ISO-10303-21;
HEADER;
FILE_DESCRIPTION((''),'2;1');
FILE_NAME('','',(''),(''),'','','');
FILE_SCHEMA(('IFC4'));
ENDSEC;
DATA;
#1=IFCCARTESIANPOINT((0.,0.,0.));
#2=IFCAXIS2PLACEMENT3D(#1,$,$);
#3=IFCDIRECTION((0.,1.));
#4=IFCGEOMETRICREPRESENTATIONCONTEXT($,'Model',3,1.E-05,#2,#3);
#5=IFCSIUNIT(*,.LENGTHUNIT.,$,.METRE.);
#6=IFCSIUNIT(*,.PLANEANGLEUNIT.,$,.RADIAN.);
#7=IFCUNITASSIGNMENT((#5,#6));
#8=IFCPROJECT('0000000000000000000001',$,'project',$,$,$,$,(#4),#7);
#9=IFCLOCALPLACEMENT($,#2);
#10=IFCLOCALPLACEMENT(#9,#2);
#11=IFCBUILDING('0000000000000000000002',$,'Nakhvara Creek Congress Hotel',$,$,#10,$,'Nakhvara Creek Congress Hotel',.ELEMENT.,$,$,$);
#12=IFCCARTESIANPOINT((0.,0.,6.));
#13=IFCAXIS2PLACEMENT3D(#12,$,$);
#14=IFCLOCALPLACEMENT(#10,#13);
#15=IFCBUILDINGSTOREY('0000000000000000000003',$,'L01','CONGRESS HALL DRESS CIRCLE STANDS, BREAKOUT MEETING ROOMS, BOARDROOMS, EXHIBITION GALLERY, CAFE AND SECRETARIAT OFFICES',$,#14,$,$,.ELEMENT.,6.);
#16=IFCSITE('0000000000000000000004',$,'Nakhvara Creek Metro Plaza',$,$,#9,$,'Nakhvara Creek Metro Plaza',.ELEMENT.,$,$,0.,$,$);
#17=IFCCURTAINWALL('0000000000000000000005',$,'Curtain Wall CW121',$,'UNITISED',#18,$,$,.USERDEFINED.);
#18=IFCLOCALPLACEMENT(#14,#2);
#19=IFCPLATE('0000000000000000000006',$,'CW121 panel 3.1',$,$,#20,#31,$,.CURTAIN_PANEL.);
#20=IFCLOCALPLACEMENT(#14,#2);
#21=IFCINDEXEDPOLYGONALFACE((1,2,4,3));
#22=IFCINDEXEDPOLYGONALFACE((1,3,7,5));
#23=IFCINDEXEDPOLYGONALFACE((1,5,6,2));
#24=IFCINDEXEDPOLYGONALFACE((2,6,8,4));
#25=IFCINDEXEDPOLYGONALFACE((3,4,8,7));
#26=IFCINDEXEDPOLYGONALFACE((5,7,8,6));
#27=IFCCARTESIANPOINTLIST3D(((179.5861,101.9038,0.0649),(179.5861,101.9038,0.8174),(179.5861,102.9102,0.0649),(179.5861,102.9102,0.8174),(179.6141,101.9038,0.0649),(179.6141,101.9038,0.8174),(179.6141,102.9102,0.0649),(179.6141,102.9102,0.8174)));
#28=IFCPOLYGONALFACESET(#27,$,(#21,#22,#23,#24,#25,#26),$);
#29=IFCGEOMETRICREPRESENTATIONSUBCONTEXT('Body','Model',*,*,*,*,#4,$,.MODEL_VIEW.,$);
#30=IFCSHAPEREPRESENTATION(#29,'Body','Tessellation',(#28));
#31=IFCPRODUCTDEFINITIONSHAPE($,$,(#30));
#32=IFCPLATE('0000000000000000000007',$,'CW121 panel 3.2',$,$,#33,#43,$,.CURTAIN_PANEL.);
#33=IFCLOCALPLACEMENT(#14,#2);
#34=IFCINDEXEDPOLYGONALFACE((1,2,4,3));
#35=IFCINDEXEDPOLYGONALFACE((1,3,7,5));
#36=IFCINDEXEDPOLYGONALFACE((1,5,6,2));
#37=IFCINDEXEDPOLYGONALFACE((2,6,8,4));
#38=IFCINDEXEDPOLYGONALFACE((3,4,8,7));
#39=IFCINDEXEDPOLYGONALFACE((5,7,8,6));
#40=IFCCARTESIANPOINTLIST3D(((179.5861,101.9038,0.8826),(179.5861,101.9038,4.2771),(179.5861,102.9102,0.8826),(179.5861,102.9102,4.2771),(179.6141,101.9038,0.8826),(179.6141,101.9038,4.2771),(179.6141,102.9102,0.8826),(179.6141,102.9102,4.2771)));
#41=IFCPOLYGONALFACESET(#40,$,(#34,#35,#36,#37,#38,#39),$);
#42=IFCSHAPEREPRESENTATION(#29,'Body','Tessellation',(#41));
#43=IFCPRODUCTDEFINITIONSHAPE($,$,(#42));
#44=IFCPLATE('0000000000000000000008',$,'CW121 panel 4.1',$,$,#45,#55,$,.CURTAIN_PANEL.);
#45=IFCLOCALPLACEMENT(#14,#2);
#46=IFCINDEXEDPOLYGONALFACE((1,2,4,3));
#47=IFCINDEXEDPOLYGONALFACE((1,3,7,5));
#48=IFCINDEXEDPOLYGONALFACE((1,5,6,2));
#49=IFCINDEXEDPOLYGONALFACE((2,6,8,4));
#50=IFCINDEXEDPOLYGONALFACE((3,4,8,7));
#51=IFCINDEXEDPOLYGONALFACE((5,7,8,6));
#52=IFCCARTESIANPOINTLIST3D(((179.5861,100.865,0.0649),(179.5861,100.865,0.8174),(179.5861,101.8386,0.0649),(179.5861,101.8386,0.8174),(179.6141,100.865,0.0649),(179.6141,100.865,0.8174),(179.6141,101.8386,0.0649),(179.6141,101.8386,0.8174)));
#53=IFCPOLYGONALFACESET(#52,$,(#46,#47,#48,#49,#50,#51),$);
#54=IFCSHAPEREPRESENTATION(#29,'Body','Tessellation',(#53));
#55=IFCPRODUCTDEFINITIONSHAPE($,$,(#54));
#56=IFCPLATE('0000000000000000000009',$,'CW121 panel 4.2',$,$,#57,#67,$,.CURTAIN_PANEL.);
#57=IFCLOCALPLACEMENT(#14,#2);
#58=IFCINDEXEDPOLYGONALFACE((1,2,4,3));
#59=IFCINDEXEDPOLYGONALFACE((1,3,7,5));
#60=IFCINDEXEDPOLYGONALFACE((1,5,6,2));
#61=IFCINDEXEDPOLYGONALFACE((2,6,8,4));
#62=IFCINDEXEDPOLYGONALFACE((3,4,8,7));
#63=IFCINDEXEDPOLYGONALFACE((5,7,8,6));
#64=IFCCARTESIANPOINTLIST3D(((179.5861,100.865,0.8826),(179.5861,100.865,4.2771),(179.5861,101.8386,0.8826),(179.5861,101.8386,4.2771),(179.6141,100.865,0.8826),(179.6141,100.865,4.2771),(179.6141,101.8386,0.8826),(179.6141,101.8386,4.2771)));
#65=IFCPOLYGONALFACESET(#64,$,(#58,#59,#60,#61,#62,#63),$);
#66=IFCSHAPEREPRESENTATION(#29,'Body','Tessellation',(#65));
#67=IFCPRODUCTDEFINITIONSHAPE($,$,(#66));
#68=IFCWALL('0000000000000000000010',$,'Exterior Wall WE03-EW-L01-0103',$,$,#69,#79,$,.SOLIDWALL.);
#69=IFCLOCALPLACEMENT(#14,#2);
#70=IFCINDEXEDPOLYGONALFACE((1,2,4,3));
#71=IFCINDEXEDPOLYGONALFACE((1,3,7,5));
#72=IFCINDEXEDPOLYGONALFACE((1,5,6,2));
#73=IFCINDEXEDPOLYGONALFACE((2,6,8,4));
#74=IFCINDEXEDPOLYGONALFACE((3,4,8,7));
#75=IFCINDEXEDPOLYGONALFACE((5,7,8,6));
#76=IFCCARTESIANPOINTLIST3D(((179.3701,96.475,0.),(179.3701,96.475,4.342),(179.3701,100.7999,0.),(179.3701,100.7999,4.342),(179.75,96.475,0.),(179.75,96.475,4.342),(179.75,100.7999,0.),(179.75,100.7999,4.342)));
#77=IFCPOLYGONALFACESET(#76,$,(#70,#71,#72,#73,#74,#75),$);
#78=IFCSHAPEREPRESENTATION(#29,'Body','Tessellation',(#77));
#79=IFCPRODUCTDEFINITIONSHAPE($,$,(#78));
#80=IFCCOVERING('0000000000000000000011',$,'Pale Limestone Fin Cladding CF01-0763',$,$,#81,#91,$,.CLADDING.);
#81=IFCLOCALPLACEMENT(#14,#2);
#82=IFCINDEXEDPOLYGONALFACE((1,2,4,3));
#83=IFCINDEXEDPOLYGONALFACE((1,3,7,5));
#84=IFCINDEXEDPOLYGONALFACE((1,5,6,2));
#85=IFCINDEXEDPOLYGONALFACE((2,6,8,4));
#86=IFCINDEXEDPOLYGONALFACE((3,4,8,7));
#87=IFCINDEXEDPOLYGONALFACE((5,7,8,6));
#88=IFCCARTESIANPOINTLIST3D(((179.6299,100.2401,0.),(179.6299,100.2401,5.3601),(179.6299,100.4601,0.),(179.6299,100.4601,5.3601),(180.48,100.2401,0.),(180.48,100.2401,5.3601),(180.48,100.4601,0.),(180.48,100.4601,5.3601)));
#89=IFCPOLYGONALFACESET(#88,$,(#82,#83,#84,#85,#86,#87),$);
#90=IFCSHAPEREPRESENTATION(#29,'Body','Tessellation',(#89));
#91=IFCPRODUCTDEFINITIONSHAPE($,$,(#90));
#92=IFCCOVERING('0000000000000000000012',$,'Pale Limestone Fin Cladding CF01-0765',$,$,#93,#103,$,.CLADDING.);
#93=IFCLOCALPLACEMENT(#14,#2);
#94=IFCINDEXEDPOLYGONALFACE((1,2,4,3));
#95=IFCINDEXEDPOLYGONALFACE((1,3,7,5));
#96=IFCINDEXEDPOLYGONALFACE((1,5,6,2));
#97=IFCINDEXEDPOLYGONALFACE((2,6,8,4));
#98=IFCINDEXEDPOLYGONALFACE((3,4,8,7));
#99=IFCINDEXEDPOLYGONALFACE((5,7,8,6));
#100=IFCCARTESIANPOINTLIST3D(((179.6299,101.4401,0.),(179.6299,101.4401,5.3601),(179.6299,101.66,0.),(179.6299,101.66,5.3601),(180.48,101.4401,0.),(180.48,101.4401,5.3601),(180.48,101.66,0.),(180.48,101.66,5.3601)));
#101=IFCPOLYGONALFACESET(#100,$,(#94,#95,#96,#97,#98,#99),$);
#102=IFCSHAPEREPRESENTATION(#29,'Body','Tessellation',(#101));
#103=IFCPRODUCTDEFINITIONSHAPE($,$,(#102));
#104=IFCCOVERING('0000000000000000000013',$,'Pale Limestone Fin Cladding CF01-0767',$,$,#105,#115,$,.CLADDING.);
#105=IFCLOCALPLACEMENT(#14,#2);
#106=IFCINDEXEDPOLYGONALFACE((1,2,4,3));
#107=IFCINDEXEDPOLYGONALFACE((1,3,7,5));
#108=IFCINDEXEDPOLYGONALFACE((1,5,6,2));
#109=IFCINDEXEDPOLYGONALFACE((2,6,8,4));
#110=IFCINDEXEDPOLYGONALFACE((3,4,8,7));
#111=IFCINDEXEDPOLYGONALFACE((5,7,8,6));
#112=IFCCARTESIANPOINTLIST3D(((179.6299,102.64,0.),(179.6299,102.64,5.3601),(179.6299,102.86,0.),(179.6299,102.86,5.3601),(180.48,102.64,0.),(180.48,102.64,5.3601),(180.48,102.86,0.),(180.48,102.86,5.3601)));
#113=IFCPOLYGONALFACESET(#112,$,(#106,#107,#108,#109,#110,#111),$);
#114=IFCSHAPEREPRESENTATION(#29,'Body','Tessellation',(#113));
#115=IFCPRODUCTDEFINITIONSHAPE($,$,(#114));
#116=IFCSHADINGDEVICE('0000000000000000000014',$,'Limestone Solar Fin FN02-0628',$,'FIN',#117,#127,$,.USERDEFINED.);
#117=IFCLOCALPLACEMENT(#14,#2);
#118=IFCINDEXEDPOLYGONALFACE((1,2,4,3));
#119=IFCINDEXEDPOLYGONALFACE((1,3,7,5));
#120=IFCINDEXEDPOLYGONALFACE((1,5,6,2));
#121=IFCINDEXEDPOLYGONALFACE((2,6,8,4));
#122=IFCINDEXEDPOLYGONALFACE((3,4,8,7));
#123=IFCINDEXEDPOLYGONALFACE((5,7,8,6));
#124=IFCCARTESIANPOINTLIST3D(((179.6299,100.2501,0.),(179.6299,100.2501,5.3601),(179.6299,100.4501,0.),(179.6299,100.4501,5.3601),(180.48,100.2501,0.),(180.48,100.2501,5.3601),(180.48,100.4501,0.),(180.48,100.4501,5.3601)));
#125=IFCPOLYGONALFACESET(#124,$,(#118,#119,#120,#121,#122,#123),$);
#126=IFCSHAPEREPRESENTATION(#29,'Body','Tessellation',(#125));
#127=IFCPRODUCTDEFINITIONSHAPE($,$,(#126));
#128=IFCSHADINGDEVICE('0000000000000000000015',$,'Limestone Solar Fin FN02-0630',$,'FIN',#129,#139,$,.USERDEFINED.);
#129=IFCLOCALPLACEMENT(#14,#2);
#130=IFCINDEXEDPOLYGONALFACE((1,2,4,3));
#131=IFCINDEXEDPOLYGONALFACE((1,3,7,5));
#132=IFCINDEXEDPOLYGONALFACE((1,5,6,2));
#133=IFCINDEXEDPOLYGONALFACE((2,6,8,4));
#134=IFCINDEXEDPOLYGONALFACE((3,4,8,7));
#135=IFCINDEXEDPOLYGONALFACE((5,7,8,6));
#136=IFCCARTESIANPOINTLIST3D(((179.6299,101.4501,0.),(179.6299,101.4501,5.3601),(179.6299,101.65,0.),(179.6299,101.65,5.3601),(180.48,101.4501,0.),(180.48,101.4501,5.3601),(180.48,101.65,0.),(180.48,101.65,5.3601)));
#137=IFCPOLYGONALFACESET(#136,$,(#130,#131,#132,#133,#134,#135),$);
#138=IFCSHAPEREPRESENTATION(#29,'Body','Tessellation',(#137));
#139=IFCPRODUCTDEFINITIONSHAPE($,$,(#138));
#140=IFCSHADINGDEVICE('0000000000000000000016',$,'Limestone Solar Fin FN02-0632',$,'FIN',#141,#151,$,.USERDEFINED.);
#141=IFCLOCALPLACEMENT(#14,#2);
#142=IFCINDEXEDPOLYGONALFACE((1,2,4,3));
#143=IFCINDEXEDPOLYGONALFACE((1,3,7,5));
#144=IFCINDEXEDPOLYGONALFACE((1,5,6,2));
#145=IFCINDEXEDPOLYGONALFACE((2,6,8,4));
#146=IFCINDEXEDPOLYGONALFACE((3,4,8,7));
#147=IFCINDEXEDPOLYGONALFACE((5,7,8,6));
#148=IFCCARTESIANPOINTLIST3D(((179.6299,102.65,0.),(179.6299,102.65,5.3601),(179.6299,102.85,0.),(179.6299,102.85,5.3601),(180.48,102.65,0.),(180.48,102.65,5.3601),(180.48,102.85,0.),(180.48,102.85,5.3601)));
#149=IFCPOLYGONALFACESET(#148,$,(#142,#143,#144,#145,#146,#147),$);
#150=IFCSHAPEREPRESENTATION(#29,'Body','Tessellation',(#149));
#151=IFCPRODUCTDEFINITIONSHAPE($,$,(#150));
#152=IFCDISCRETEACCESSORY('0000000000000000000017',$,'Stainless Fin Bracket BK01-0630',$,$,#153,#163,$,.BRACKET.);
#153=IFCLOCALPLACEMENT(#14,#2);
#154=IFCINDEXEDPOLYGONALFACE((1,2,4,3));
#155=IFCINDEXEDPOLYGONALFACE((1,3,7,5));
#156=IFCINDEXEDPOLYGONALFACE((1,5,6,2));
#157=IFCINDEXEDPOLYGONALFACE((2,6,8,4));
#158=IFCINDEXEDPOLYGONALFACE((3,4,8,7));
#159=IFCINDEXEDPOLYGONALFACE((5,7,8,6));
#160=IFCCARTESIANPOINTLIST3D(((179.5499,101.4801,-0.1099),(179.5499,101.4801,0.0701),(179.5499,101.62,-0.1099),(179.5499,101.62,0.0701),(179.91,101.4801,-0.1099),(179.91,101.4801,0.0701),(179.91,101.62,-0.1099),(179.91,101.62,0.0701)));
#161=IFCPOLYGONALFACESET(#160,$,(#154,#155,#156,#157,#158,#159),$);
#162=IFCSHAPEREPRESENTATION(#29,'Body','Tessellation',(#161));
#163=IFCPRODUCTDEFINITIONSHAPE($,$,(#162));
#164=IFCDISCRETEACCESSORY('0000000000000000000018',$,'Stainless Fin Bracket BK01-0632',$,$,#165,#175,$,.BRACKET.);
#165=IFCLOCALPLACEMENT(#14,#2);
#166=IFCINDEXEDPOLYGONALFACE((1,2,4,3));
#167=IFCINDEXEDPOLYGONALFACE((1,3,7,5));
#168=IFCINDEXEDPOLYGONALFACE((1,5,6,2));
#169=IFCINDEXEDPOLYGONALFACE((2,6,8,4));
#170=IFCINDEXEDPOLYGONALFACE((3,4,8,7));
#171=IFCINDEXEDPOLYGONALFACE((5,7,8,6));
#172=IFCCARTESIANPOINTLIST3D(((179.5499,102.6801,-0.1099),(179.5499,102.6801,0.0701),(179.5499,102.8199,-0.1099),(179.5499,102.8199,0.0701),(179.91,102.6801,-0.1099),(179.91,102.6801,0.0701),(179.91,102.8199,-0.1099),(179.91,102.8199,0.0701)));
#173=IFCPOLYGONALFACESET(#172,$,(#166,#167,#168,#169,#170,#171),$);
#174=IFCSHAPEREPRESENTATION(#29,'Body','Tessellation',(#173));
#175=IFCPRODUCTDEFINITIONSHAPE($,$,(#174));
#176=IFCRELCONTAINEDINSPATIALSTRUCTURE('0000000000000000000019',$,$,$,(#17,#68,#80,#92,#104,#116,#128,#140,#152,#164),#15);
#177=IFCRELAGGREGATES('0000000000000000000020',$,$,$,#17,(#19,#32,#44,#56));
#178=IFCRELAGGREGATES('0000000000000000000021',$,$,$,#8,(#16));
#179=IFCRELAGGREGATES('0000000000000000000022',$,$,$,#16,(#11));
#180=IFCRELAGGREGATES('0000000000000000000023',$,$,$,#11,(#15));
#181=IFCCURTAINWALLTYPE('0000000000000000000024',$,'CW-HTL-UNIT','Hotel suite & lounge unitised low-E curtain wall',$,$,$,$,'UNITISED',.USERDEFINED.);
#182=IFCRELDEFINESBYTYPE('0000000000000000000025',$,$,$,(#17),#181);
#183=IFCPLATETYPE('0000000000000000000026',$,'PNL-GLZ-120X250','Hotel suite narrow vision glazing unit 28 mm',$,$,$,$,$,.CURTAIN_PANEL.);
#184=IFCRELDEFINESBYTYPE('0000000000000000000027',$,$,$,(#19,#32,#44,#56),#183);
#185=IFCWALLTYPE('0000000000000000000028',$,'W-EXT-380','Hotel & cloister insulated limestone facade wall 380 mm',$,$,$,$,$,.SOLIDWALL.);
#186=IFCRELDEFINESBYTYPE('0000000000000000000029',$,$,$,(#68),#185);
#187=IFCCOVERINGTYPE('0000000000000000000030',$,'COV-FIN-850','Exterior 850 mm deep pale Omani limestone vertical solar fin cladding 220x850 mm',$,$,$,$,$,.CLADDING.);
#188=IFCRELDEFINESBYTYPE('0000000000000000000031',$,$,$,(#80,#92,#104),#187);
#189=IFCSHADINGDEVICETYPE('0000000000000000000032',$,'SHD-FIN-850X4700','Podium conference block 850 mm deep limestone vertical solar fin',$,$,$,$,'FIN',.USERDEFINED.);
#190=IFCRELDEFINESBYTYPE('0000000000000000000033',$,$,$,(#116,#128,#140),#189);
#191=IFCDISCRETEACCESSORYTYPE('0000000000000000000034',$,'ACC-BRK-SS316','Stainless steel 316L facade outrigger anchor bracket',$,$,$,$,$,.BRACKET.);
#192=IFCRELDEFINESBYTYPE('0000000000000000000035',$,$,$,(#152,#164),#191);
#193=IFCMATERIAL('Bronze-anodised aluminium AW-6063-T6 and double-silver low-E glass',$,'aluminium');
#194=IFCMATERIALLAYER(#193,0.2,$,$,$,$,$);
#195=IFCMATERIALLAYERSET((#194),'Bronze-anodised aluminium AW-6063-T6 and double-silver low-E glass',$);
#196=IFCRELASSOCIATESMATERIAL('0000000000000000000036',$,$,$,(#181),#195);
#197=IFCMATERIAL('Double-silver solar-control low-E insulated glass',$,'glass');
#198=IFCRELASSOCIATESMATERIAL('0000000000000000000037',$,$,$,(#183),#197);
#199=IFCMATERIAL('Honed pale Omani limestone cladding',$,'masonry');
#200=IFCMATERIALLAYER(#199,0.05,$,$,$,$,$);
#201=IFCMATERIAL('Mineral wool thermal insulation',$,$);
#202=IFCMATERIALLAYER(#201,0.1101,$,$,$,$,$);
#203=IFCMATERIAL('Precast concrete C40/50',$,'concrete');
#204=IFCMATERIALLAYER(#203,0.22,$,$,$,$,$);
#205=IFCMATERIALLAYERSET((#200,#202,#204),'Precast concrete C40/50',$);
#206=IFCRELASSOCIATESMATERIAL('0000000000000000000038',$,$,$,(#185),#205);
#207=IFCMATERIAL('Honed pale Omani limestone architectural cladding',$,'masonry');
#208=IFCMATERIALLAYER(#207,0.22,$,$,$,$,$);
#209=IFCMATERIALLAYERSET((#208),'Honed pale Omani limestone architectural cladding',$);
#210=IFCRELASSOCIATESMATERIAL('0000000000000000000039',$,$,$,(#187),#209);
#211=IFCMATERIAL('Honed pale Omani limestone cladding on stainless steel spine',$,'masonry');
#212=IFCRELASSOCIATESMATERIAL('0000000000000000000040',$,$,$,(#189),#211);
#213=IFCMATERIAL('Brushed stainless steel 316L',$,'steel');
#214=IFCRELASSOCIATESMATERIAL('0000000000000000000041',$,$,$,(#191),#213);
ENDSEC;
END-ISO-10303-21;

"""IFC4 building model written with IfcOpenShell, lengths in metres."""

from ifc_helpers import new_model, si_unit, direction, frame, frame_2d, origin, origin_2d, place, context, subcontext, project, spatial, rectangle, extrude, material, layer, layer_set, type_object, element, aggregate, save


model = new_model("IFC4")

# Units and contexts
model_context = context("Model", 3, precision=1e-05, world=origin(), true_north=direction((0.0, 1.0)))
body_context = subcontext(model_context, "Body", "Model", "MODEL_VIEW")
ifc_project = project(units=[si_unit("LENGTHUNIT", "METRE"), si_unit("PLANEANGLEUNIT", "RADIAN")], contexts=[model_context])

# Site, building, storey
site_placement = place(None, origin())
site = spatial("IfcSite", under=ifc_project, at=site_placement, Name="Nakhvara Creek Metro Plaza", LongName="Nakhvara Creek Metro Plaza", CompositionType="ELEMENT", RefElevation=0.0)
building_placement = place(site_placement, origin())
building = spatial("IfcBuilding", under=site, at=building_placement, Name="Nakhvara Creek Congress Hotel", LongName="Nakhvara Creek Congress Hotel", CompositionType="ELEMENT")
storey_placement = place(building_placement, frame((0.0, 0.0, 6.0)))
storey = spatial("IfcBuildingStorey", under=building, at=storey_placement, Name="L01", Description="CONGRESS HALL DRESS CIRCLE STANDS, BREAKOUT MEETING ROOMS, BOARDROOMS, EXHIBITION GALLERY, CAFE AND SECRETARIAT OFFICES", CompositionType="ELEMENT", Elevation=6.0)

# Curtain wall, plates
ifc_material_1 = material(Name="Bronze-anodised aluminium AW-6063-T6 and double-silver low-E glass", Category="aluminium")
ifc_layer_1 = layer(ifc_material_1, 0.2)
ifc_layer_set_1 = layer_set([ifc_layer_1], Name="Bronze-anodised aluminium AW-6063-T6 and double-silver low-E glass")
curtain_wall_type = type_object("IfcCurtainWallType", Name="CW-HTL-UNIT", Description="Hotel suite & lounge unitised low-E curtain wall", ElementType="UNITISED", PredefinedType="USERDEFINED", material=ifc_layer_set_1)
curtain_wall_placement = place(storey_placement, origin())
curtain_wall = element("IfcCurtainWall", 1, at=curtain_wall_placement, inside=storey, type_object=curtain_wall_type, Name="Curtain Wall CW121", ObjectType="UNITISED", PredefinedType="USERDEFINED")
ifc_material_2 = material(Name="Double-silver solar-control low-E insulated glass", Category="glass")
plate_type = type_object("IfcPlateType", Name="PNL-GLZ-120X250", Description="Hotel suite narrow vision glazing unit 28 mm", PredefinedType="CURTAIN_PANEL", material=ifc_material_2)
plate_1_placement = place(storey_placement, frame((179.6001, 102.407, 0.0649), z_axis=(0.0, 0.0, 1.0), x_axis=(0.0, -1.0, 0.0)))
plate_1 = element("IfcPlate", 2, at=plate_1_placement, type_object=plate_type, Name="CW121 panel 3.1", PredefinedType="CURTAIN_PANEL", context=body_context, shape_type="SweptSolid", body=[
    extrude(rectangle(XDim=1.0063, YDim=0.0281, at=origin_2d()), origin(), (0.0, 0.0, 1.0), 0.7524),
])
plate_2_placement = place(storey_placement, frame((179.6001, 102.407, 0.8826), z_axis=(0.0, 0.0, 1.0), x_axis=(0.0, -1.0, 0.0)))
plate_2 = element("IfcPlate", 3, at=plate_2_placement, type_object=plate_type, Name="CW121 panel 3.2", PredefinedType="CURTAIN_PANEL", context=body_context, shape_type="SweptSolid", body=[
    extrude(rectangle(XDim=1.0063, YDim=0.0281, at=origin_2d()), origin(), (0.0, 0.0, 1.0), 3.3945),
])
plate_3_placement = place(storey_placement, frame((179.6001, 101.3518, 0.0649), z_axis=(0.0, 0.0, 1.0), x_axis=(0.0, -1.0, 0.0)))
plate_3 = element("IfcPlate", 4, at=plate_3_placement, type_object=plate_type, Name="CW121 panel 4.1", PredefinedType="CURTAIN_PANEL", context=body_context, shape_type="SweptSolid", body=[
    extrude(rectangle(XDim=0.9736, YDim=0.0281, at=origin_2d()), origin(), (0.0, 0.0, 1.0), 0.7524),
])
plate_4_placement = place(storey_placement, frame((179.6001, 101.3518, 0.8826), z_axis=(0.0, 0.0, 1.0), x_axis=(0.0, -1.0, 0.0)))
plate_4 = element("IfcPlate", 5, at=plate_4_placement, type_object=plate_type, Name="CW121 panel 4.2", PredefinedType="CURTAIN_PANEL", context=body_context, shape_type="SweptSolid", body=[
    extrude(rectangle(XDim=0.9736, YDim=0.0281, at=origin_2d()), origin(), (0.0, 0.0, 1.0), 3.3945),
])
aggregate(curtain_wall, [plate_1, plate_2, plate_3, plate_4])

# Wall
ifc_material_3 = material(Name="Honed pale Omani limestone cladding", Category="masonry")
ifc_layer_2 = layer(ifc_material_3, 0.05)
ifc_material_4 = material(Name="Mineral wool thermal insulation")
ifc_layer_3 = layer(ifc_material_4, 0.1101)
ifc_material_5 = material(Name="Precast concrete C40/50", Category="concrete")
ifc_layer_4 = layer(ifc_material_5, 0.22)
ifc_layer_set_2 = layer_set([ifc_layer_2, ifc_layer_3, ifc_layer_4], Name="Precast concrete C40/50")
wall_type = type_object("IfcWallType", Name="W-EXT-380", Description="Hotel & cloister insulated limestone facade wall 380 mm", PredefinedType="SOLIDWALL", material=ifc_layer_set_2)
wall_placement = place(storey_placement, frame((179.5601, 100.8, 0.0), z_axis=(0.0, 0.0, 1.0), x_axis=(0.0, -1.0, 0.0)))
element("IfcWall", 6, at=wall_placement, inside=storey, type_object=wall_type, Name="Exterior Wall WE03-EW-L01-0103", PredefinedType="SOLIDWALL", context=body_context, shape_type="SweptSolid", body=[
    extrude(rectangle(XDim=4.325, YDim=0.3799, at=frame_2d((2.1626, 0.0))), origin(), (0.0, 0.0, 1.0), 4.342),
])

# Coverings
ifc_material_6 = material(Name="Honed pale Omani limestone architectural cladding", Category="masonry")
ifc_layer_5 = layer(ifc_material_6, 0.22)
ifc_layer_set_3 = layer_set([ifc_layer_5], Name="Honed pale Omani limestone architectural cladding")
covering_type = type_object("IfcCoveringType", Name="COV-FIN-850", Description="Exterior 850 mm deep pale Omani limestone vertical solar fin cladding 220x850 mm", PredefinedType="CLADDING", material=ifc_layer_set_3)
for number, where, z_axis, x_axis, name in (
    (7, (180.0549, 100.3501, 0.0), (0.0, 0.0, 1.0), (0.0, 1.0, 0.0), "Pale Limestone Fin Cladding CF01-0763"),
    (8, (180.0549, 101.55, 0.0), (0.0, 0.0, 1.0), (0.0, 1.0, 0.0), "Pale Limestone Fin Cladding CF01-0765"),
    (9, (180.0549, 102.75, 0.0), (0.0, 0.0, 1.0), (0.0, 1.0, 0.0), "Pale Limestone Fin Cladding CF01-0767"),
):
    element("IfcCovering", number, at=place(storey_placement, frame(where, z_axis=z_axis, x_axis=x_axis)), inside=storey, type_object=covering_type, Name=name, PredefinedType="CLADDING", context=body_context, shape_type="SweptSolid", body=[
        extrude(rectangle(XDim=0.22, YDim=0.8501, at=origin_2d()), origin(), (0.0, 0.0, 1.0), 5.3601),
    ])

# Shading devices
ifc_material_7 = material(Name="Honed pale Omani limestone cladding on stainless steel spine", Category="masonry")
shading_device_type = type_object("IfcShadingDeviceType", Name="SHD-FIN-850X4700", Description="Podium conference block 850 mm deep limestone vertical solar fin", ElementType="FIN", PredefinedType="USERDEFINED", material=ifc_material_7)
for number, where, z_axis, x_axis, name in (
    (10, (180.0549, 100.3501, 0.0), (0.0, 0.0, 1.0), (0.0, 1.0, 0.0), "Limestone Solar Fin FN02-0628"),
    (11, (180.0549, 101.55, 0.0), (0.0, 0.0, 1.0), (0.0, 1.0, 0.0), "Limestone Solar Fin FN02-0630"),
    (12, (180.0549, 102.75, 0.0), (0.0, 0.0, 1.0), (0.0, 1.0, 0.0), "Limestone Solar Fin FN02-0632"),
):
    element("IfcShadingDevice", number, at=place(storey_placement, frame(where, z_axis=z_axis, x_axis=x_axis)), inside=storey, type_object=shading_device_type, Name=name, ObjectType="FIN", PredefinedType="USERDEFINED", context=body_context, shape_type="SweptSolid", body=[
        extrude(rectangle(XDim=0.2, YDim=0.8501, at=origin_2d()), origin(), (0.0, 0.0, 1.0), 5.3601),
    ])

# Discrete accessories
ifc_material_8 = material(Name="Brushed stainless steel 316L", Category="steel")
discrete_accessory_type = type_object("IfcDiscreteAccessoryType", Name="ACC-BRK-SS316", Description="Stainless steel 316L facade outrigger anchor bracket", PredefinedType="BRACKET", material=ifc_material_8)
for number, where, z_axis, x_axis, name in (
    (13, (179.73, 101.55, -0.1099), (0.0, 0.0, 1.0), (0.0, 1.0, 0.0), "Stainless Fin Bracket BK01-0630"),
    (14, (179.73, 102.75, -0.1099), (0.0, 0.0, 1.0), (0.0, 1.0, 0.0), "Stainless Fin Bracket BK01-0632"),
):
    element("IfcDiscreteAccessory", number, at=place(storey_placement, frame(where, z_axis=z_axis, x_axis=x_axis)), inside=storey, type_object=discrete_accessory_type, Name=name, PredefinedType="BRACKET", context=body_context, shape_type="SweptSolid", body=[
        extrude(rectangle(XDim=0.1399, YDim=0.3601, at=origin_2d()), origin(), (0.0, 0.0, 1.0), 0.1799),
    ])

save(model, "model.ifc")
